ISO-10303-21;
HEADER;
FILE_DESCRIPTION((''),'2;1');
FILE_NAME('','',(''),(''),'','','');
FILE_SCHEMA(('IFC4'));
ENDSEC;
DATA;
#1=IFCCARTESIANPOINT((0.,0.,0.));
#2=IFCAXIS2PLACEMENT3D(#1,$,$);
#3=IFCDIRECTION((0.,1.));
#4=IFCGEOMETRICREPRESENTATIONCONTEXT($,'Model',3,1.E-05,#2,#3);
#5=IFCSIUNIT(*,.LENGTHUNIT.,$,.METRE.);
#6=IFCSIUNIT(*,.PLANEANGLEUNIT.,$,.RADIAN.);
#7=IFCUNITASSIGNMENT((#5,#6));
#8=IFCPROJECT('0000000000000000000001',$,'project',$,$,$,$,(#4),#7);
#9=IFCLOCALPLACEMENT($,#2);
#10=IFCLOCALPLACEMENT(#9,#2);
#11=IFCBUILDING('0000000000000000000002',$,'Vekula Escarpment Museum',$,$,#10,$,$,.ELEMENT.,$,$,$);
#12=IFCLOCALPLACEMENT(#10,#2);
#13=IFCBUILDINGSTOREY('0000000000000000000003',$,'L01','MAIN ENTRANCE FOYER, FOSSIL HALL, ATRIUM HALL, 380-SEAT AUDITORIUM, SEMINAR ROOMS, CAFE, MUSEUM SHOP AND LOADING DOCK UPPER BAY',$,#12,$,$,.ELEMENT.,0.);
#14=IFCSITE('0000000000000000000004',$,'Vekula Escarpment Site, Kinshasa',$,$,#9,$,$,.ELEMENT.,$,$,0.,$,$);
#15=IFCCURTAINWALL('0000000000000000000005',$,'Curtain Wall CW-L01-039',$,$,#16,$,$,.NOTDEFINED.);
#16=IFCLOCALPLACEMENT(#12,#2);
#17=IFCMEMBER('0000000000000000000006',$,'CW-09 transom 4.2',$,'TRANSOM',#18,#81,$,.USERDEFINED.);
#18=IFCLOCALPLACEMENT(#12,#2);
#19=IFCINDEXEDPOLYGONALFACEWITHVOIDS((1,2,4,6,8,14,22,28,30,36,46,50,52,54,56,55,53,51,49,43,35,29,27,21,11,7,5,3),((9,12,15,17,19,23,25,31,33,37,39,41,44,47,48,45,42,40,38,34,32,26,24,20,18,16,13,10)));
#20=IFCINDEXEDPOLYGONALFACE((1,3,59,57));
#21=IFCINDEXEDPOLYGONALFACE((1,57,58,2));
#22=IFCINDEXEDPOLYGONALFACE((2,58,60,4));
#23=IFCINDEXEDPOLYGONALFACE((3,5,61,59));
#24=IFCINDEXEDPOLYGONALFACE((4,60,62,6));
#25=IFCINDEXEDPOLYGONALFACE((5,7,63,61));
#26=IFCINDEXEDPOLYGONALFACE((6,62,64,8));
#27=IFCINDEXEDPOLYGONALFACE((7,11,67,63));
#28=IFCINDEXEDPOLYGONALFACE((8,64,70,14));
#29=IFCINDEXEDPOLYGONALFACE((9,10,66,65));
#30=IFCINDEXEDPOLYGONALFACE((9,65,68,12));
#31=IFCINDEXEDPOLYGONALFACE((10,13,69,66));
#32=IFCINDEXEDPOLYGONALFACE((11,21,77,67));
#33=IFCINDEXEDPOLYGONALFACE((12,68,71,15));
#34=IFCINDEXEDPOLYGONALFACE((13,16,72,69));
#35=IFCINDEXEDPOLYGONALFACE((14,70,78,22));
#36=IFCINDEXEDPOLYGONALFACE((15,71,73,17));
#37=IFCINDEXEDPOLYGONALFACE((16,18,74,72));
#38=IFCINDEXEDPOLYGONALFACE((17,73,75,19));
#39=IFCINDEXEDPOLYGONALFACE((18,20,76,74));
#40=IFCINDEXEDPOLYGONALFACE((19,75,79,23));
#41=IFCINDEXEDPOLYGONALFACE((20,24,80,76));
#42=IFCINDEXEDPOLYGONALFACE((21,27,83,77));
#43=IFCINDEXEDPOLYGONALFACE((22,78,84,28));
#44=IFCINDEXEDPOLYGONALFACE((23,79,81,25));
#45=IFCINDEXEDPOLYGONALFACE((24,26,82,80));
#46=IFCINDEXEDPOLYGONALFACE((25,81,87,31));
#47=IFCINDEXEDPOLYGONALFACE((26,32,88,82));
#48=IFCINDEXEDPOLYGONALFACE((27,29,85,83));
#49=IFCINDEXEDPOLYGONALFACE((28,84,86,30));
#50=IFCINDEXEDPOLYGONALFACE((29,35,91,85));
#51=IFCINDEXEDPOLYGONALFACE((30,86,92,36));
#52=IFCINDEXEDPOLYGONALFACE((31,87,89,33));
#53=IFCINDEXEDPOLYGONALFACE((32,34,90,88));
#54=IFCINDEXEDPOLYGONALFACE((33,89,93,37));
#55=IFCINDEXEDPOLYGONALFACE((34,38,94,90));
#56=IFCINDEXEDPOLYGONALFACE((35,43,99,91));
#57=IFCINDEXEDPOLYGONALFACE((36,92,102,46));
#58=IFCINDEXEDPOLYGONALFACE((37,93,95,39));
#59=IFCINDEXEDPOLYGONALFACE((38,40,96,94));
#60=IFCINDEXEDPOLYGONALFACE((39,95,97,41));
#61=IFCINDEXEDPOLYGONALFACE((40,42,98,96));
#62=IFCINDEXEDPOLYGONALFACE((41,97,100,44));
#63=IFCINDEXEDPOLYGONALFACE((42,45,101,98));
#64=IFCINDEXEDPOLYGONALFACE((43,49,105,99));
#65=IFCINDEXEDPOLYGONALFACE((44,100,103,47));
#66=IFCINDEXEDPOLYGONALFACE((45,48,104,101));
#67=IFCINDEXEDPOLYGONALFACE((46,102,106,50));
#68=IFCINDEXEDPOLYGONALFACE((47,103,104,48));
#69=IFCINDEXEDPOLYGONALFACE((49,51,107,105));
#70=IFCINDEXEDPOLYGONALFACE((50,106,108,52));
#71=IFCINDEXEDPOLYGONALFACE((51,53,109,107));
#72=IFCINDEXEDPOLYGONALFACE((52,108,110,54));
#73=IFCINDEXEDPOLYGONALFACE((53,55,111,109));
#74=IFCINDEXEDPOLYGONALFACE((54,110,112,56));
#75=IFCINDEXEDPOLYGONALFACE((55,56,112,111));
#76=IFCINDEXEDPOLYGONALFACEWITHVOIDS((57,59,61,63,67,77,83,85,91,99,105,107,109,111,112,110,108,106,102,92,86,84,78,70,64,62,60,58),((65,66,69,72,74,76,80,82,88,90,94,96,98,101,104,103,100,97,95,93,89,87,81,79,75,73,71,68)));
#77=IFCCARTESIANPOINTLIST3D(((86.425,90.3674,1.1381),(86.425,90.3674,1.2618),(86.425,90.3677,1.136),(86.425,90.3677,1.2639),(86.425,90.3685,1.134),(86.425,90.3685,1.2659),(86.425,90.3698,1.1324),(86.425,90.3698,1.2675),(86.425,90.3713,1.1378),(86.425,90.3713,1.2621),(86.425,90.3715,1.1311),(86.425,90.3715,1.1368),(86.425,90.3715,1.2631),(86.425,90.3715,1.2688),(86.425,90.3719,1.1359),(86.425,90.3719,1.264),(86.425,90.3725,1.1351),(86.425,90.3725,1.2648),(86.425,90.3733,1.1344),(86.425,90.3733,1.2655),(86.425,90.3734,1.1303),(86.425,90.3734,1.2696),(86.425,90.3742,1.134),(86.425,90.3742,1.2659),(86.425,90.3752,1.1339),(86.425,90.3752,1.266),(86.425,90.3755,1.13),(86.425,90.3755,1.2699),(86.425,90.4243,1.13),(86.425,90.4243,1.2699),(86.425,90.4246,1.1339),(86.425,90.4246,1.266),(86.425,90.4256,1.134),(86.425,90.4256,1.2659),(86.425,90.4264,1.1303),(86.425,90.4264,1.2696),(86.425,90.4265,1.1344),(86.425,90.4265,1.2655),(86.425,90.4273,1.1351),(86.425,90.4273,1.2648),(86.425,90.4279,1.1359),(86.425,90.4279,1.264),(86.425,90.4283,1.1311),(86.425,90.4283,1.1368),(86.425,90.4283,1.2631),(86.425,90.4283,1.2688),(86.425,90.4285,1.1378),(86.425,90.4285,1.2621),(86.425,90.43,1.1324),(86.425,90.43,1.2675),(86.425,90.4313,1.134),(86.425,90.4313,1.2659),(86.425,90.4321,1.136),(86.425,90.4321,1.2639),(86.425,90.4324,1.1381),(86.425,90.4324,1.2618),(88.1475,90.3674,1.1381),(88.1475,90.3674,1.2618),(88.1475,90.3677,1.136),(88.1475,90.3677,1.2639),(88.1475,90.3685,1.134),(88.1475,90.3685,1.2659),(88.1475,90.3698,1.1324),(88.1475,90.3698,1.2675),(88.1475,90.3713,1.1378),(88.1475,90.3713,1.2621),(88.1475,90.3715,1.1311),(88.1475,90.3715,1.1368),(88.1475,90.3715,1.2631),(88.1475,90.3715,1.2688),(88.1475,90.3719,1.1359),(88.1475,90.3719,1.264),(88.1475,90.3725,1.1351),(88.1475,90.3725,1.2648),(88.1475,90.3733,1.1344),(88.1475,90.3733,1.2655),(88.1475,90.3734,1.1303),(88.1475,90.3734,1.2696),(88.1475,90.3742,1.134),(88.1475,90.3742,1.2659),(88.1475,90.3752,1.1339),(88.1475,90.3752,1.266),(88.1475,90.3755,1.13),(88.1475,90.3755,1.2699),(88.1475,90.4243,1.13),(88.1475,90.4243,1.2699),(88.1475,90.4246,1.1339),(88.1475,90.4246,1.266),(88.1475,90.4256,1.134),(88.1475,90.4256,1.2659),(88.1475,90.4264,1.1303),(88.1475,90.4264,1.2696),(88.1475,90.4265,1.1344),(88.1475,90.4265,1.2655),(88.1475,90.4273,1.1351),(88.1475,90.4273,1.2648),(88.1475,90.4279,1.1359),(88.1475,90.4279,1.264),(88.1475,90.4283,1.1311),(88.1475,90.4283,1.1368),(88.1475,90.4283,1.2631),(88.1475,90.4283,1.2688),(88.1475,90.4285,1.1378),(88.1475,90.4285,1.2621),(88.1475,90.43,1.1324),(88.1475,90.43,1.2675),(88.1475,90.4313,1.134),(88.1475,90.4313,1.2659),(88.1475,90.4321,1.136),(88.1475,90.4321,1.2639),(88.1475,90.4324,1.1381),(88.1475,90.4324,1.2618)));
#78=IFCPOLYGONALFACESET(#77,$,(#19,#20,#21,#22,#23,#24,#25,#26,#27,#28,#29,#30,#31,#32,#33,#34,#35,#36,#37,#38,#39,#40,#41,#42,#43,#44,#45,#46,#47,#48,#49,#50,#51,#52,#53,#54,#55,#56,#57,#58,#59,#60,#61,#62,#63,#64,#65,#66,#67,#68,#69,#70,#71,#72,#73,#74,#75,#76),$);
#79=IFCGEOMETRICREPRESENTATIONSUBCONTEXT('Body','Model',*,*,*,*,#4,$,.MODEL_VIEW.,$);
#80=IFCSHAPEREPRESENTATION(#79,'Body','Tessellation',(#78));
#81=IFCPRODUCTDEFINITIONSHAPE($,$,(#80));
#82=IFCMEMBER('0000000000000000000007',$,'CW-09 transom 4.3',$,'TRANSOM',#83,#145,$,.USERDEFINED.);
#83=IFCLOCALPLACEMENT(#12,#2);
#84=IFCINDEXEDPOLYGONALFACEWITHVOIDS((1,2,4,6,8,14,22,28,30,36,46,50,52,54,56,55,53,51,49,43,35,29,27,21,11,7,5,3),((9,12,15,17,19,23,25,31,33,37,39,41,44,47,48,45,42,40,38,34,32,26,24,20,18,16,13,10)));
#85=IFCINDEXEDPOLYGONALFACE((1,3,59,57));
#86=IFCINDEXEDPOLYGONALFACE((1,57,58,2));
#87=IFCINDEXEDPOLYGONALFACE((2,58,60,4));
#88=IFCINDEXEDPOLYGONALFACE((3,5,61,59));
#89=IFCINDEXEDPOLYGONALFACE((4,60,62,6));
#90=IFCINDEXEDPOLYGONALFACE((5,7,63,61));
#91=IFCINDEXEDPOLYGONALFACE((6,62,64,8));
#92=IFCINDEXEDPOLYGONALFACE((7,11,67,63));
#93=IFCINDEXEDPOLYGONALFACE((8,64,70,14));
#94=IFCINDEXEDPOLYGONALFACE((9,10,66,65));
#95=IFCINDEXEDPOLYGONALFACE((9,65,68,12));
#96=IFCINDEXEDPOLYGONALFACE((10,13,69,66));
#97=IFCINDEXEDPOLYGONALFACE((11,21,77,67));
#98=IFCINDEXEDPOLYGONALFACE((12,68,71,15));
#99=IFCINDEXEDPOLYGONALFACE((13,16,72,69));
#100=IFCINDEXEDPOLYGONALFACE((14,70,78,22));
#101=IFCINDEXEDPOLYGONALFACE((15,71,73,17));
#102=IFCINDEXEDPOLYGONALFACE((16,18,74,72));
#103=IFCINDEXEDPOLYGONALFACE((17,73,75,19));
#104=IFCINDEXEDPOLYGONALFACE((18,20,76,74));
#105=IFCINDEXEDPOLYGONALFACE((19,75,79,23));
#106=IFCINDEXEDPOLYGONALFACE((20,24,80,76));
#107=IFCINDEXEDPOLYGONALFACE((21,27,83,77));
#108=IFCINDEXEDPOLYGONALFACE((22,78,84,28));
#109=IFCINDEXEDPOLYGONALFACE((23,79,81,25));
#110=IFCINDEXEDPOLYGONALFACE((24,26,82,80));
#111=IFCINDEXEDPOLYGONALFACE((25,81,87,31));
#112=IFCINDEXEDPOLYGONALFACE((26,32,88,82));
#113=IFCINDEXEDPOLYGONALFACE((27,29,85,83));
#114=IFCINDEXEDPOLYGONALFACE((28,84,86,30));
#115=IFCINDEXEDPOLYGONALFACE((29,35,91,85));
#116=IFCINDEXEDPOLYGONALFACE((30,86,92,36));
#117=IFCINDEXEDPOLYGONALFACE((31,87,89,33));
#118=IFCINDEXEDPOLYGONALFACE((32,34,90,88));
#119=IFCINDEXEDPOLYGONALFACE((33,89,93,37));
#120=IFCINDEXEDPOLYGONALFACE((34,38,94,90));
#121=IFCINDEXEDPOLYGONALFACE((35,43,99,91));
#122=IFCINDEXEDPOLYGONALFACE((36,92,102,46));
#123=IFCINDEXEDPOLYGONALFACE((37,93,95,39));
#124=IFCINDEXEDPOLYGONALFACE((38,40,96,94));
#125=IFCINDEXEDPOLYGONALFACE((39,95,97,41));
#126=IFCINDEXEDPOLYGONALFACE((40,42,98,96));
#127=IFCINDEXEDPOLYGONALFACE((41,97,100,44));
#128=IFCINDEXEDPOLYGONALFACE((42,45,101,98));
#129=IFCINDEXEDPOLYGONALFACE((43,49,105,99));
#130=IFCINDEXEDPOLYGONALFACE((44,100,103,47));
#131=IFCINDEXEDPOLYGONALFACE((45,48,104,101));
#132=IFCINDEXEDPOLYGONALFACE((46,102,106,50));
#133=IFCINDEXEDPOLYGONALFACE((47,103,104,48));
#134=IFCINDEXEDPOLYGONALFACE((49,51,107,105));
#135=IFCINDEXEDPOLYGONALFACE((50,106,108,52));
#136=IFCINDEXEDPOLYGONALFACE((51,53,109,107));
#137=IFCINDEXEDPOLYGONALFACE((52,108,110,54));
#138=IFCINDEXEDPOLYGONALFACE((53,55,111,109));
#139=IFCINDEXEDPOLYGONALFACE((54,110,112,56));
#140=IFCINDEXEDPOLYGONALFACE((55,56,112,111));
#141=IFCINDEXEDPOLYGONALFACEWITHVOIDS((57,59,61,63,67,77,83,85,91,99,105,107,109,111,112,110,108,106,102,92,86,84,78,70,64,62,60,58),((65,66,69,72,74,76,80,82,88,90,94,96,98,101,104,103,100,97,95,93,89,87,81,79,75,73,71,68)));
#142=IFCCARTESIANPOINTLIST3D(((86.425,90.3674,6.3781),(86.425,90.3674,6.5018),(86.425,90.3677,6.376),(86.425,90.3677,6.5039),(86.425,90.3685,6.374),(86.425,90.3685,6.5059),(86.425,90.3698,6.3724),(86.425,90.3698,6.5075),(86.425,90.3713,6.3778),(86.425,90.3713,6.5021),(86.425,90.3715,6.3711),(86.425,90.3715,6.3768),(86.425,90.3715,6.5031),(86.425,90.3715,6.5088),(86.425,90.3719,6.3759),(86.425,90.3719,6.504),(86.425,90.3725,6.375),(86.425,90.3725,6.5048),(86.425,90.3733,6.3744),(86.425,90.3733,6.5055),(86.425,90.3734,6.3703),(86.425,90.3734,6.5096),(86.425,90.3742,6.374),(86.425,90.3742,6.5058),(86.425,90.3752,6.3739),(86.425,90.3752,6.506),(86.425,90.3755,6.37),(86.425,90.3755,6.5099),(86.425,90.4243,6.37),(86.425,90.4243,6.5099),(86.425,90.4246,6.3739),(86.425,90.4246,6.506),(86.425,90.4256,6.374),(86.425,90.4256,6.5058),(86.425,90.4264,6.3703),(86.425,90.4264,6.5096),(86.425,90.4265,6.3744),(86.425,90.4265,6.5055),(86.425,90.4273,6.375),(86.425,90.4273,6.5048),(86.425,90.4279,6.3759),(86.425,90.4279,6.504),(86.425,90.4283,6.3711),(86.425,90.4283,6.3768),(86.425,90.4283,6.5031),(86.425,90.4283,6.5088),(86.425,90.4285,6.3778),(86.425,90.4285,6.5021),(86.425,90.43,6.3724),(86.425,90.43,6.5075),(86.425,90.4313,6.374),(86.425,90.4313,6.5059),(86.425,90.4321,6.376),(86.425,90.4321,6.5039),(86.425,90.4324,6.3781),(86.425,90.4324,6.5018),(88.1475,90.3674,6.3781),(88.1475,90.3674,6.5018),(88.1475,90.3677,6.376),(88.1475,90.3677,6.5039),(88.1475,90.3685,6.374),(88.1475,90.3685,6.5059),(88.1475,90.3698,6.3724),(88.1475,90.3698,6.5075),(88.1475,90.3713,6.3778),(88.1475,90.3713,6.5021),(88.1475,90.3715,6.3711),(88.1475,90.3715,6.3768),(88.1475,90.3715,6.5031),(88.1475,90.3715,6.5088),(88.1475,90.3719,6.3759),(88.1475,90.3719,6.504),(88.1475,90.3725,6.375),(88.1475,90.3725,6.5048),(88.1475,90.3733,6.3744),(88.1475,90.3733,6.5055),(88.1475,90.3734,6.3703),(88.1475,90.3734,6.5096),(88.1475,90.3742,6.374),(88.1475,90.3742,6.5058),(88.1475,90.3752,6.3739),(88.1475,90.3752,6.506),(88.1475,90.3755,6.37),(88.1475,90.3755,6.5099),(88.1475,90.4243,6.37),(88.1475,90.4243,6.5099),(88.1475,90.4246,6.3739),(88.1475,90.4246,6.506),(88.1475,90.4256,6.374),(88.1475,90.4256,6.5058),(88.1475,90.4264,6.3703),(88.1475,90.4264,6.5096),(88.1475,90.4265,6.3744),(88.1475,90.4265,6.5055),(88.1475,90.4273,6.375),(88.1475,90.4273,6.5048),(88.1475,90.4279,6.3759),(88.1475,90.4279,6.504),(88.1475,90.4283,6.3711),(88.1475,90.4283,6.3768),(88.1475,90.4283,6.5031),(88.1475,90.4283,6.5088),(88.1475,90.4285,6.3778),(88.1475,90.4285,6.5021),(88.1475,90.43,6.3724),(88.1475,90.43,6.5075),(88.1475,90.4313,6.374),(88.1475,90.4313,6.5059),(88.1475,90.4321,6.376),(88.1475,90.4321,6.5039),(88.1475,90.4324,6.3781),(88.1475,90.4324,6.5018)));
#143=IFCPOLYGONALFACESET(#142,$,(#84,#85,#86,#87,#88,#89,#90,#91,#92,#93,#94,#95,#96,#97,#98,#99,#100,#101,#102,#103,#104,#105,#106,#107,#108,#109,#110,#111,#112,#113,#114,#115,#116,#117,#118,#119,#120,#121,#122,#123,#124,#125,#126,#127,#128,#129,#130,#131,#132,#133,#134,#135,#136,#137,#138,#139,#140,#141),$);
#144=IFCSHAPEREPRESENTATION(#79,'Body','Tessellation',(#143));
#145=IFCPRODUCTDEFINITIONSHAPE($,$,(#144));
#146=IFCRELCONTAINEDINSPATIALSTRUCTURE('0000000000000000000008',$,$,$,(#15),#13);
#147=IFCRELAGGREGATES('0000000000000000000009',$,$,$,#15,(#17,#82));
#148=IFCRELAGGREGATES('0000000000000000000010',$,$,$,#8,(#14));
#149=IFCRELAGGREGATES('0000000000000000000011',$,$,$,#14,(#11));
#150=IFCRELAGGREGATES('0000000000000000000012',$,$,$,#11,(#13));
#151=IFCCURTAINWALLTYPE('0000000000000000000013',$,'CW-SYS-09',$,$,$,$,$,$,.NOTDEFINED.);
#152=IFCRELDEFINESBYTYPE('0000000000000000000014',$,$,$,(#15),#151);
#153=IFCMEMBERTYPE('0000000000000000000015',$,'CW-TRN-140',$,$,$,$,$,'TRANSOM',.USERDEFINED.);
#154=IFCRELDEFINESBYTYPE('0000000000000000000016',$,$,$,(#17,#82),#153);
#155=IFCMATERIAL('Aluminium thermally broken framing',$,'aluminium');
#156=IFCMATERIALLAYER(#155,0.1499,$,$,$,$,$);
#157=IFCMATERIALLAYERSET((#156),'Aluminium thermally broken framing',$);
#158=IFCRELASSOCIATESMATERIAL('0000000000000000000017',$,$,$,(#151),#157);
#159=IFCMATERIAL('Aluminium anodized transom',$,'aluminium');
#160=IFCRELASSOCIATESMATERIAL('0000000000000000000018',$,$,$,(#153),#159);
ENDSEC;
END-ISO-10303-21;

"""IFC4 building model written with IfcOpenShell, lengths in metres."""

from ifc_helpers import new_model, si_unit, direction, frame, origin, origin_2d, place, context, subcontext, project, spatial, hollow_rectangle, extrude, material, layer, layer_set, material_profile, profile_set, type_object, element, aggregate, save


model = new_model("IFC4")

# Units and contexts
model_context = context("Model", 3, precision=1e-05, world=origin(), true_north=direction((0.0, 1.0)))
body_context = subcontext(model_context, "Body", "Model", "MODEL_VIEW")
ifc_project = project(units=[si_unit("LENGTHUNIT", "METRE"), si_unit("PLANEANGLEUNIT", "RADIAN")], contexts=[model_context])

# Site, building, storey
site_placement = place(None, origin())
site = spatial("IfcSite", under=ifc_project, at=site_placement, Name="Vekula Escarpment Site, Kinshasa", CompositionType="ELEMENT", RefElevation=0.0)
building_placement = place(site_placement, origin())
building = spatial("IfcBuilding", under=site, at=building_placement, Name="Vekula Escarpment Museum", CompositionType="ELEMENT")
storey_placement = place(building_placement, origin())
storey = spatial("IfcBuildingStorey", under=building, at=storey_placement, Name="L01", Description="MAIN ENTRANCE FOYER, FOSSIL HALL, ATRIUM HALL, 380-SEAT AUDITORIUM, SEMINAR ROOMS, CAFE, MUSEUM SHOP AND LOADING DOCK UPPER BAY", CompositionType="ELEMENT", Elevation=0.0)

# Curtain wall
ifc_material_1 = material(Name="Aluminium thermally broken framing", Category="aluminium")
ifc_layer_1 = layer(ifc_material_1, 0.1499)
ifc_layer_set_1 = layer_set([ifc_layer_1], Name="Aluminium thermally broken framing")
curtain_wall_type_1 = type_object("IfcCurtainWallType", Name="CW-SYS-09", PredefinedType="NOTDEFINED", material=ifc_layer_set_1)
curtain_wall_1_placement = place(storey_placement, origin())
curtain_wall_1 = element("IfcCurtainWall", 1, at=curtain_wall_1_placement, inside=storey, type_object=curtain_wall_type_1, Name="Curtain Wall CW-L01-039", PredefinedType="NOTDEFINED")

# Members
ifc_material_2 = material(Name="Aluminium anodized transom", Category="aluminium")
ifc_material_profile_1 = material_profile(ifc_material_2, hollow_rectangle(XDim=0.0649, YDim=0.1399, WallThickness=0.0039, InnerFilletRadius=0.0039, OuterFilletRadius=0.0081, at=origin_2d()), Name="ALU 140x65x4")
ifc_profile_set_1 = profile_set([ifc_material_profile_1], Name="Aluminium anodized transom")
member_type_1 = type_object("IfcMemberType", Name="CW-TRN-140", ElementType="TRANSOM", PredefinedType="USERDEFINED", material=ifc_profile_set_1)
member_1_placement = place(storey_placement, frame((88.1475, 90.3999, 1.2), z_axis=(-1.0, 0.0, 0.0), x_axis=(0.0, -1.0, 0.0)))
member_1 = element("IfcMember", 2, at=member_1_placement, type_object=member_type_1, Name="CW-09 transom 4.2", ObjectType="TRANSOM", PredefinedType="USERDEFINED", context=body_context, shape_type="SweptSolid", body=[
    extrude(hollow_rectangle(XDim=0.0649, YDim=0.1399, WallThickness=0.0039, InnerFilletRadius=0.0039, OuterFilletRadius=0.0081, at=origin_2d()), origin(), (0.0, 0.0, 1.0), 1.7224),
])
member_2_placement = place(storey_placement, frame((88.1475, 90.3999, 6.4399), z_axis=(-1.0, 0.0, 0.0), x_axis=(0.0, -1.0, 0.0)))
member_2 = element("IfcMember", 3, at=member_2_placement, type_object=member_type_1, Name="CW-09 transom 4.3", ObjectType="TRANSOM", PredefinedType="USERDEFINED", context=body_context, shape_type="SweptSolid", body=[
    extrude(hollow_rectangle(XDim=0.0649, YDim=0.1399, WallThickness=0.0039, InnerFilletRadius=0.0039, OuterFilletRadius=0.0081, at=origin_2d()), origin(), (0.0, 0.0, 1.0), 1.7224),
])

aggregate(curtain_wall_1, [member_1, member_2])

save(model, "model.ifc")
